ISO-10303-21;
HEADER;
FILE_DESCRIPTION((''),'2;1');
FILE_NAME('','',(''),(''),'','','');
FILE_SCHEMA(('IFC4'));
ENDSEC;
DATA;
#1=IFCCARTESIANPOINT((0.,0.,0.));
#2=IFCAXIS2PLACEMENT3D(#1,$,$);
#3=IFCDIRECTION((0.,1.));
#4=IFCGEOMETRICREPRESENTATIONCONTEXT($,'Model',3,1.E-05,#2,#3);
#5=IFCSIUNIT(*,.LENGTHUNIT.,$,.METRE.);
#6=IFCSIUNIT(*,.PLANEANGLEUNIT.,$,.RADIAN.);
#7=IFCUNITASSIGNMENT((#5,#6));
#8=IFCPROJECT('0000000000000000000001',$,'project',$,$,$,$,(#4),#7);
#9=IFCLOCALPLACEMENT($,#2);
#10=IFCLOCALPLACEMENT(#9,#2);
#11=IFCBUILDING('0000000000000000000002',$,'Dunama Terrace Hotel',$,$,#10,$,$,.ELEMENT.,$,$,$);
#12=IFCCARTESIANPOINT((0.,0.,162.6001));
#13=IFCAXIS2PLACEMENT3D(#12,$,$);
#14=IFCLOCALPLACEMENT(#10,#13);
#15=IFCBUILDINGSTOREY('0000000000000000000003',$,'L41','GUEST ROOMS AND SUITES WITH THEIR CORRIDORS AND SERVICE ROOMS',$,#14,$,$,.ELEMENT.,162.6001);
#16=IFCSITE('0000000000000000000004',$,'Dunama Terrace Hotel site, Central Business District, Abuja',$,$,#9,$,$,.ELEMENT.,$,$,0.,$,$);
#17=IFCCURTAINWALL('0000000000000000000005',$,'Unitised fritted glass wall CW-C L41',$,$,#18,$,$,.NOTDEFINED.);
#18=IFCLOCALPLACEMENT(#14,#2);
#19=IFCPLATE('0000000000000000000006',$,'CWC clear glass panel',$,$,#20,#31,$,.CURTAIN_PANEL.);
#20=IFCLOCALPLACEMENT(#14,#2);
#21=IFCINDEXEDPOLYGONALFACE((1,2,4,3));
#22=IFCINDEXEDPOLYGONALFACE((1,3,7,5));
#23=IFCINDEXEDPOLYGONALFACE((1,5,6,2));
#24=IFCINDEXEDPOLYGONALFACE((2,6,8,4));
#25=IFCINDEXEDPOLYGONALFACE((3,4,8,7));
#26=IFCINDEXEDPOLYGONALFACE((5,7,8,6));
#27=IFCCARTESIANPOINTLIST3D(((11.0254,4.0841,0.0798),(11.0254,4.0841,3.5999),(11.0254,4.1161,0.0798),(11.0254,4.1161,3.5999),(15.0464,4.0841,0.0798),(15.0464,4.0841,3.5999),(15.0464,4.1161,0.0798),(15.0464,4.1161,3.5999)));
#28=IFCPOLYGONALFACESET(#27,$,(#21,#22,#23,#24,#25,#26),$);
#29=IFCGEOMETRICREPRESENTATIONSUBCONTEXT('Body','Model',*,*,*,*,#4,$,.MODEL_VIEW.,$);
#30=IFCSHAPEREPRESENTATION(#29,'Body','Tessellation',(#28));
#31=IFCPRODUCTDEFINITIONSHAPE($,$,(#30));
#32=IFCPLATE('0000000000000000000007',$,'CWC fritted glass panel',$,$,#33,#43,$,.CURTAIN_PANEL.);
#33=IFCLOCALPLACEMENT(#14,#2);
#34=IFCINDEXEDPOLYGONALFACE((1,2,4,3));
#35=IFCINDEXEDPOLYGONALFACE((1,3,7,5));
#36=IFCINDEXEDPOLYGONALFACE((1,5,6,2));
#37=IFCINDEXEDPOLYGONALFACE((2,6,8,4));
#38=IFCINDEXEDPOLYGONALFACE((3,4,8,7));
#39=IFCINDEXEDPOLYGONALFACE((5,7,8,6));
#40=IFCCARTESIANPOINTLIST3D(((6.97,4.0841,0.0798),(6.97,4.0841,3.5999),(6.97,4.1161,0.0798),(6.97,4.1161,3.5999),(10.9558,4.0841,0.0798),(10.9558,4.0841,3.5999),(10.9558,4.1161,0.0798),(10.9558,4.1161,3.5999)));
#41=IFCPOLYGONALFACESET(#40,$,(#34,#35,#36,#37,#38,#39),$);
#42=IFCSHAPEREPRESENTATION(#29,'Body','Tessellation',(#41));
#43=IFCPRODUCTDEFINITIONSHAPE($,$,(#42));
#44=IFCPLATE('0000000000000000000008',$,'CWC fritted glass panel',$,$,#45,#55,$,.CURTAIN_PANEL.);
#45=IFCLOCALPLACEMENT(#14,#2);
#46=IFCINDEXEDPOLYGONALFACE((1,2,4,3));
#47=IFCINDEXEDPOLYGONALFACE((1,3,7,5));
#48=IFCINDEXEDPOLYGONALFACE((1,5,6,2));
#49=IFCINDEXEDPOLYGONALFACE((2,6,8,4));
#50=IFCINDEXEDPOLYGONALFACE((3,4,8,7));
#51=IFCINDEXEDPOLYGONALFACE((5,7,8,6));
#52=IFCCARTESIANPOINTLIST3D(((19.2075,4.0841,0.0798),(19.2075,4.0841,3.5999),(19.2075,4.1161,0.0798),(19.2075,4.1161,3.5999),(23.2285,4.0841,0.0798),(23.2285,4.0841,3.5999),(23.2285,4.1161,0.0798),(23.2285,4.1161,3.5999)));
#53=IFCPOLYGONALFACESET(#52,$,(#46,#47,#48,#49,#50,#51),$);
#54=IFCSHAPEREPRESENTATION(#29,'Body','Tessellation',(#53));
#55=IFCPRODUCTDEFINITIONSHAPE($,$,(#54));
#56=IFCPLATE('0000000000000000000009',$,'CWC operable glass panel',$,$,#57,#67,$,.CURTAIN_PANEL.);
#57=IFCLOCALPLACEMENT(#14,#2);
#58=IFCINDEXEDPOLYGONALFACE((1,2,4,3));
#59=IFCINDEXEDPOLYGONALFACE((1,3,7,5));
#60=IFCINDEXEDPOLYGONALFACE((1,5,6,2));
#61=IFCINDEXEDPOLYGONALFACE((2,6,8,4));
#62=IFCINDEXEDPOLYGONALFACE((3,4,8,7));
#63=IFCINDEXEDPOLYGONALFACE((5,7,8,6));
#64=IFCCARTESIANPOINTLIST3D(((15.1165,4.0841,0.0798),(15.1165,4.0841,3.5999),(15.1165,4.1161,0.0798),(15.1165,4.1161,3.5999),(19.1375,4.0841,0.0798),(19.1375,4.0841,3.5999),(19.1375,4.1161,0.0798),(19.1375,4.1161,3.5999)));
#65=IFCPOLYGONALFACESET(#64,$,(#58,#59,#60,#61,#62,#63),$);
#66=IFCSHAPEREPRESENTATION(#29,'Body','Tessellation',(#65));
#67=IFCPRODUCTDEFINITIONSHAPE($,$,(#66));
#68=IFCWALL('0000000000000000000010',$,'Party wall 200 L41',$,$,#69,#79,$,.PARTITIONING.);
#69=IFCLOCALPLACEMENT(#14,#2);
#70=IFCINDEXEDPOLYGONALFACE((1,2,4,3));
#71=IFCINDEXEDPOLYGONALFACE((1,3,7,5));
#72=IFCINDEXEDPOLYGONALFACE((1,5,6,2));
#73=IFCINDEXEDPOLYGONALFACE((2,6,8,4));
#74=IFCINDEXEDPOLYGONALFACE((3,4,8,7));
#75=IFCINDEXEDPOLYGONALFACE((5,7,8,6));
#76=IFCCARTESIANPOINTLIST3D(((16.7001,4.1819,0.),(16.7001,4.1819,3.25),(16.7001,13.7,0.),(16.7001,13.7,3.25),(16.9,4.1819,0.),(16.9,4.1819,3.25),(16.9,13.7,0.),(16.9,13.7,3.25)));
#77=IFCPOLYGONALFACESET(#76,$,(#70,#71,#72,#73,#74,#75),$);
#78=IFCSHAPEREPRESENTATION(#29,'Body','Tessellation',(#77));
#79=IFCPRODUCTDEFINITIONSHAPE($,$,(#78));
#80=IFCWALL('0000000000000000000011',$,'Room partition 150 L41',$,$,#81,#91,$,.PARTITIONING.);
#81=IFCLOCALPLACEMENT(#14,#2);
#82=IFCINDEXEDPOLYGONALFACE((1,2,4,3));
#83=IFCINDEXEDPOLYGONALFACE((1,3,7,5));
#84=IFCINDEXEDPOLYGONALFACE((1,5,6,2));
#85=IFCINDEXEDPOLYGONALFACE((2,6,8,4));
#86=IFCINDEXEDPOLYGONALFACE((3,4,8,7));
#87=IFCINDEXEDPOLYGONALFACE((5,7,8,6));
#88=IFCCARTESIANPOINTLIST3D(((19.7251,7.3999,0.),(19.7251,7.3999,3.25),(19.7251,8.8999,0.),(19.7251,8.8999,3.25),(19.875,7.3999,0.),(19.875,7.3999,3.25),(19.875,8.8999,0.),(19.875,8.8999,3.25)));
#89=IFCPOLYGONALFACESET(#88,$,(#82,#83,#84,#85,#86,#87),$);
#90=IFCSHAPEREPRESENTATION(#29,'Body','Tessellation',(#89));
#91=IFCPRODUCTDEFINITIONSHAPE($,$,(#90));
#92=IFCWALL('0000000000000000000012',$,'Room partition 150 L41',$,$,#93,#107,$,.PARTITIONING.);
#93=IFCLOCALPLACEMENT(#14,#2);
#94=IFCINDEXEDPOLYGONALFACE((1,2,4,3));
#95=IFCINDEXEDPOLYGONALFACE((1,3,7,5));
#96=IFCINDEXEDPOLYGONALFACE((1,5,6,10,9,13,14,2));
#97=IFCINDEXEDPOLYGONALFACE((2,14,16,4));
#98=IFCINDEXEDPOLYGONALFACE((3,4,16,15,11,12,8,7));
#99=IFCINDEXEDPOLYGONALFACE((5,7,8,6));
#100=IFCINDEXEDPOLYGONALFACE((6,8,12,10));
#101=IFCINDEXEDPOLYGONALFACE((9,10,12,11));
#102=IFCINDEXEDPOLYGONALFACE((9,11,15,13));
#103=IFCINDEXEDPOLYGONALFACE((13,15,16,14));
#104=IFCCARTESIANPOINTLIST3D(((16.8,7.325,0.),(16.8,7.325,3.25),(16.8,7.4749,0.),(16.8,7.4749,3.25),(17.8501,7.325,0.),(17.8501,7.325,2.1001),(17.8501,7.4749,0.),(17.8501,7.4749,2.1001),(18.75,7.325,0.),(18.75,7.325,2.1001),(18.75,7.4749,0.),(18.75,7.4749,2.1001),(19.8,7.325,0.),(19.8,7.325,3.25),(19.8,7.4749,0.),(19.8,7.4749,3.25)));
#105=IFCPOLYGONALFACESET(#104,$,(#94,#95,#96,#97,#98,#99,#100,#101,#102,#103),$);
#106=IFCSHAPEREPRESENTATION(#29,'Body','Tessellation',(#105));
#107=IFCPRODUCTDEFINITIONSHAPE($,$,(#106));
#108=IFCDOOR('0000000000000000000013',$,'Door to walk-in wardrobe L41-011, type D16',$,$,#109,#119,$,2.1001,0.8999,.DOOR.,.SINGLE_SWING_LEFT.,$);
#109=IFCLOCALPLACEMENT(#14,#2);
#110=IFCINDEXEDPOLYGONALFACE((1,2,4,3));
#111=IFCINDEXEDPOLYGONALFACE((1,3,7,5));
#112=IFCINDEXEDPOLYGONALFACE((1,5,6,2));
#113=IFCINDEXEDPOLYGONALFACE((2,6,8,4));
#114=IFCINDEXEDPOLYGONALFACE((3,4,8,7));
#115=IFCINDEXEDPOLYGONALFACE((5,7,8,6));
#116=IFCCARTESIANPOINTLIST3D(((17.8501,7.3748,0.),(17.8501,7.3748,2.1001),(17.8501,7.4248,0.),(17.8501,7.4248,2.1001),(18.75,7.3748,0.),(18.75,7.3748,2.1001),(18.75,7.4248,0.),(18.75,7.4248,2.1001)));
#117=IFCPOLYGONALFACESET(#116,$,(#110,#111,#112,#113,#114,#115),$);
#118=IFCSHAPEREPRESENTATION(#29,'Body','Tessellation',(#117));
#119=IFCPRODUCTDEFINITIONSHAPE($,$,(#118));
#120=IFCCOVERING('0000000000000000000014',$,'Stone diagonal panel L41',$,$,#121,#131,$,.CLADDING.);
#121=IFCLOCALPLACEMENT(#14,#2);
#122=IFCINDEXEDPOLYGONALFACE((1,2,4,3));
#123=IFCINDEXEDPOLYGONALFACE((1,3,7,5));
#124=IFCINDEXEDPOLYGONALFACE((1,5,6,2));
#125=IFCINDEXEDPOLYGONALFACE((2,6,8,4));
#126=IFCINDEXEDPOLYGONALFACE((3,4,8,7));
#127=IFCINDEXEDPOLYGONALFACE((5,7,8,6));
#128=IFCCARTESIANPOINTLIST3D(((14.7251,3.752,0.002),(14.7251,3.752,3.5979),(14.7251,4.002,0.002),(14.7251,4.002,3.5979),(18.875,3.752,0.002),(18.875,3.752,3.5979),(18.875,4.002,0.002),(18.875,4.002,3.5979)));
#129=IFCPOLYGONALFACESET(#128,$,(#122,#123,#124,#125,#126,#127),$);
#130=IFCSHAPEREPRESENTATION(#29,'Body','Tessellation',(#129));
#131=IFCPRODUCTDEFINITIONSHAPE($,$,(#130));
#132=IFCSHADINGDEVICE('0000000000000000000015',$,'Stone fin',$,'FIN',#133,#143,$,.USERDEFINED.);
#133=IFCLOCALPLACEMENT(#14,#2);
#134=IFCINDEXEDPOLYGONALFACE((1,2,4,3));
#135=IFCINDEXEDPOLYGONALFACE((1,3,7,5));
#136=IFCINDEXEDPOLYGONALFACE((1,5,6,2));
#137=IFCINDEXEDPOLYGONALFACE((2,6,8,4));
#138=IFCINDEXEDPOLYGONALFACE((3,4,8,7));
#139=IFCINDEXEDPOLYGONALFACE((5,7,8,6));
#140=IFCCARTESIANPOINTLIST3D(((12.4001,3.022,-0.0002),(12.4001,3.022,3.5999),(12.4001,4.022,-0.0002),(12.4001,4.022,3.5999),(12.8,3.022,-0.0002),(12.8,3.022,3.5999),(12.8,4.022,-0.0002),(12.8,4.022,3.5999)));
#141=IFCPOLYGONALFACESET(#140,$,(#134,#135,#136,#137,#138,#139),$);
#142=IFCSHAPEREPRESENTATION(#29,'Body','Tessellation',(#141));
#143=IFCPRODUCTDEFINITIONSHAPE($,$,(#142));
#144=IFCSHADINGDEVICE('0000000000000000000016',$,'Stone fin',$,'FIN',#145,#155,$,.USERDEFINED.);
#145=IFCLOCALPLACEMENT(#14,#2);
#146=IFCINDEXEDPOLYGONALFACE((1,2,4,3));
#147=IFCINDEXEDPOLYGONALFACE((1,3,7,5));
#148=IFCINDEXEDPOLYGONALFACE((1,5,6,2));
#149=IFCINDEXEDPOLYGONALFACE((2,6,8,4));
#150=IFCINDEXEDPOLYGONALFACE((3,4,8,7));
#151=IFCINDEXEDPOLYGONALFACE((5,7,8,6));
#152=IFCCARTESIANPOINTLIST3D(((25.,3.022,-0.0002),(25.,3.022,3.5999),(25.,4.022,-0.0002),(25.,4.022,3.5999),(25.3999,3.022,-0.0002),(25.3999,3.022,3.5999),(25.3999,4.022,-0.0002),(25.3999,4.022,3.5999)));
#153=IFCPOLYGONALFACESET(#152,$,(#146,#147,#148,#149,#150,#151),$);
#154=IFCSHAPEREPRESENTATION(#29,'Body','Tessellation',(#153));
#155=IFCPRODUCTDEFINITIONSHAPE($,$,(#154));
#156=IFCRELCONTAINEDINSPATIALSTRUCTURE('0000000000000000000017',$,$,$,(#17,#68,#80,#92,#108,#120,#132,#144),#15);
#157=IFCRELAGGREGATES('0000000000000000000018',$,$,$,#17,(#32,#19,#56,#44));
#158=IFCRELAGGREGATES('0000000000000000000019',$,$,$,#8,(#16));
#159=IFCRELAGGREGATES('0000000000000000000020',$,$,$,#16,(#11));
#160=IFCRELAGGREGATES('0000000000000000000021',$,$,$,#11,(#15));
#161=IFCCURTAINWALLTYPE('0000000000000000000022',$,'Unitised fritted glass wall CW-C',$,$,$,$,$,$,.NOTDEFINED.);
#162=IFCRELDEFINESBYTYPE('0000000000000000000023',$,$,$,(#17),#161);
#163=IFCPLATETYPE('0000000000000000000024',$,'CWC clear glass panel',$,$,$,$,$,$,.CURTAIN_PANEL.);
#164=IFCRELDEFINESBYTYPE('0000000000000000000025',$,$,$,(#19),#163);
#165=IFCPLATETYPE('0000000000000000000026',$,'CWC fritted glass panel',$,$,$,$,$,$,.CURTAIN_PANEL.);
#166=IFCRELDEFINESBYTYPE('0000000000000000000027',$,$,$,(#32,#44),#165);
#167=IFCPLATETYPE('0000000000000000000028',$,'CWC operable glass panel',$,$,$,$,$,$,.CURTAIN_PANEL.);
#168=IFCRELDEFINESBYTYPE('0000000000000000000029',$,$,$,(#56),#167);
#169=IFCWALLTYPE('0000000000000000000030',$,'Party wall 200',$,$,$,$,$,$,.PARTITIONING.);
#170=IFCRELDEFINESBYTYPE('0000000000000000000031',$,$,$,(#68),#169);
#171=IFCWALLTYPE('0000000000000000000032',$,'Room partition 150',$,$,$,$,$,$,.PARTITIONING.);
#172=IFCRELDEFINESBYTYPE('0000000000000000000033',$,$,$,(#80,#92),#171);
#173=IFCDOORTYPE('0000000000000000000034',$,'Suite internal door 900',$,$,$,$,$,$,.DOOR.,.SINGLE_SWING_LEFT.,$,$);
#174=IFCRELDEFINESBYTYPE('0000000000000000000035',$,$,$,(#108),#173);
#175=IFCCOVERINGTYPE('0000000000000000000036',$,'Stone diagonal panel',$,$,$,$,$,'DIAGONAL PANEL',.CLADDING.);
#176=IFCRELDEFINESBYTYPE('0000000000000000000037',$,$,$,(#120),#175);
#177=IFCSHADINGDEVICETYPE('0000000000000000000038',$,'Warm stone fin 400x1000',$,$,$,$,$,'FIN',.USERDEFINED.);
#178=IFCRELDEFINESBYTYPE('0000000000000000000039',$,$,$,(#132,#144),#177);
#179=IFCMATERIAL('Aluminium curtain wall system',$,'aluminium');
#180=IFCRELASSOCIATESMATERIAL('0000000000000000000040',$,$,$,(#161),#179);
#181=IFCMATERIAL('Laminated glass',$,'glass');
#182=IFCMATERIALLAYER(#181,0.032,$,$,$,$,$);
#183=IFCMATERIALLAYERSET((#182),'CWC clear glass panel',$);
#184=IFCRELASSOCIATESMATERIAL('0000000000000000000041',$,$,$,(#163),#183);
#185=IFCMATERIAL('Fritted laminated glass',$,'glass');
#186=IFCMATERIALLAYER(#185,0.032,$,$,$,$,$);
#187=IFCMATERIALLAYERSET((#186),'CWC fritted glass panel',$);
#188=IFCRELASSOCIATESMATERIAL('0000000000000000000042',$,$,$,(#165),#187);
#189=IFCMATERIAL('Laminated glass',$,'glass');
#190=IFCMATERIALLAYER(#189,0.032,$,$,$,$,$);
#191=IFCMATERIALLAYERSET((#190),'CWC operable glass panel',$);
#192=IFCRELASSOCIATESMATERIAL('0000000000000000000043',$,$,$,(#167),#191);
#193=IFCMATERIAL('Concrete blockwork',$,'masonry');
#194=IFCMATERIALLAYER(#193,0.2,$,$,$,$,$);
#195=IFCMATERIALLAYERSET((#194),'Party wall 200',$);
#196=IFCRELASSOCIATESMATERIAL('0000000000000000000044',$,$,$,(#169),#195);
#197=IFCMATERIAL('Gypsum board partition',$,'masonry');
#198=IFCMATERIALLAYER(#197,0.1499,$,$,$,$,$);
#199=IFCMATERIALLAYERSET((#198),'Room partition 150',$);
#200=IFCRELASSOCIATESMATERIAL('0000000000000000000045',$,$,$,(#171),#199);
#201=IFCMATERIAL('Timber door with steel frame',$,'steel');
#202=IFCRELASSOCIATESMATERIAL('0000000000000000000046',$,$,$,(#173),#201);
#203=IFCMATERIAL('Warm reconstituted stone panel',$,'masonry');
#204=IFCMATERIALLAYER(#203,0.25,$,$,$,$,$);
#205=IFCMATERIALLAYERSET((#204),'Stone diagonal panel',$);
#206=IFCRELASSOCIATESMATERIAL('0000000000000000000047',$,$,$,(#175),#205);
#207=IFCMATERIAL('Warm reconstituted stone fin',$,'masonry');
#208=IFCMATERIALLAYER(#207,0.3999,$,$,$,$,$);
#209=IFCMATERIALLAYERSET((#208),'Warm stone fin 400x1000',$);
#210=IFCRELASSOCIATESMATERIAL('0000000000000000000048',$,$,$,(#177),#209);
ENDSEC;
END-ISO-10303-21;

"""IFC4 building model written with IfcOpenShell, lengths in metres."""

from ifc_helpers import new_model, si_unit, direction, frame, frame_2d, origin, origin_2d, place, context, subcontext, project, spatial, rectangle, extrude, material, layer, layer_set, type_object, element, fill, aggregate, save


model = new_model("IFC4")

# Units and contexts
model_context = context("Model", 3, precision=1e-05, world=origin(), true_north=direction((0.0, 1.0)))
body_context = subcontext(model_context, "Body", "Model", "MODEL_VIEW")
ifc_project = project(units=[si_unit("LENGTHUNIT", "METRE"), si_unit("PLANEANGLEUNIT", "RADIAN")], contexts=[model_context])

# Site, building, storey
site_placement = place(None, origin())
site = spatial("IfcSite", under=ifc_project, at=site_placement, Name="Dunama Terrace Hotel site, Central Business District, Abuja", CompositionType="ELEMENT", RefElevation=0.0)
building_placement = place(site_placement, origin())
building = spatial("IfcBuilding", under=site, at=building_placement, Name="Dunama Terrace Hotel", CompositionType="ELEMENT")
storey_placement = place(building_placement, frame((0.0, 0.0, 162.6001)))
storey = spatial("IfcBuildingStorey", under=building, at=storey_placement, Name="L41", Description="GUEST ROOMS AND SUITES WITH THEIR CORRIDORS AND SERVICE ROOMS", CompositionType="ELEMENT", Elevation=162.6001)

# Curtain wall
ifc_material_1 = material(Name="Aluminium curtain wall system", Category="aluminium")
curtain_wall_type = type_object("IfcCurtainWallType", Name="Unitised fritted glass wall CW-C", PredefinedType="NOTDEFINED", material=ifc_material_1)
curtain_wall_placement = place(storey_placement, origin())
curtain_wall = element("IfcCurtainWall", 1, at=curtain_wall_placement, inside=storey, type_object=curtain_wall_type, Name="Unitised fritted glass wall CW-C L41", PredefinedType="NOTDEFINED")

# Plates
ifc_material_2 = material(Name="Laminated glass", Category="glass")
ifc_layer_1 = layer(ifc_material_2, 0.032)
ifc_layer_set_1 = layer_set([ifc_layer_1], Name="CWC clear glass panel")
plate_type_1 = type_object("IfcPlateType", Name="CWC clear glass panel", PredefinedType="CURTAIN_PANEL", material=ifc_layer_set_1)
plate_1_placement = place(storey_placement, frame((13.0359, 4.1001, 0.0798), z_axis=(0.0, 0.0, 1.0), x_axis=(1.0, 0.0, 0.0)))
plate_1 = element("IfcPlate", 2, at=plate_1_placement, type_object=plate_type_1, Name="CWC clear glass panel", PredefinedType="CURTAIN_PANEL", context=body_context, shape_type="SweptSolid", body=[
    extrude(rectangle(XDim=4.021, YDim=0.032, at=origin_2d()), origin(), (0.0, 0.0, 1.0), 3.52),
])
ifc_material_3 = material(Name="Fritted laminated glass", Category="glass")
ifc_layer_2 = layer(ifc_material_3, 0.032)
ifc_layer_set_2 = layer_set([ifc_layer_2], Name="CWC fritted glass panel")
plate_type_2 = type_object("IfcPlateType", Name="CWC fritted glass panel", PredefinedType="CURTAIN_PANEL", material=ifc_layer_set_2)
plate_2_placement = place(storey_placement, frame((8.9629, 4.1001, 0.0798), z_axis=(0.0, 0.0, 1.0), x_axis=(1.0, 0.0, 0.0)))
plate_2 = element("IfcPlate", 3, at=plate_2_placement, type_object=plate_type_2, Name="CWC fritted glass panel", PredefinedType="CURTAIN_PANEL", context=body_context, shape_type="SweptSolid", body=[
    extrude(rectangle(XDim=3.9858, YDim=0.032, at=origin_2d()), origin(), (0.0, 0.0, 1.0), 3.52),
])
plate_3_placement = place(storey_placement, frame((21.218, 4.1001, 0.0798), z_axis=(0.0, 0.0, 1.0), x_axis=(1.0, 0.0, 0.0)))
plate_3 = element("IfcPlate", 4, at=plate_3_placement, type_object=plate_type_2, Name="CWC fritted glass panel", PredefinedType="CURTAIN_PANEL", context=body_context, shape_type="SweptSolid", body=[
    extrude(rectangle(XDim=4.021, YDim=0.032, at=origin_2d()), origin(), (0.0, 0.0, 1.0), 3.52),
])
ifc_material_4 = material(Name="Laminated glass", Category="glass")
ifc_layer_3 = layer(ifc_material_4, 0.032)
ifc_layer_set_3 = layer_set([ifc_layer_3], Name="CWC operable glass panel")
plate_type_3 = type_object("IfcPlateType", Name="CWC operable glass panel", PredefinedType="CURTAIN_PANEL", material=ifc_layer_set_3)
plate_4_placement = place(storey_placement, frame((17.127, 4.1001, 0.0798), z_axis=(0.0, 0.0, 1.0), x_axis=(1.0, 0.0, 0.0)))
plate_4 = element("IfcPlate", 5, at=plate_4_placement, type_object=plate_type_3, Name="CWC operable glass panel", PredefinedType="CURTAIN_PANEL", context=body_context, shape_type="SweptSolid", body=[
    extrude(rectangle(XDim=4.021, YDim=0.032, at=origin_2d()), origin(), (0.0, 0.0, 1.0), 3.52),
])
aggregate(curtain_wall, [plate_2, plate_1, plate_4, plate_3])

# Walls
ifc_material_5 = material(Name="Concrete blockwork", Category="masonry")
ifc_layer_4 = layer(ifc_material_5, 0.2)
ifc_layer_set_4 = layer_set([ifc_layer_4], Name="Party wall 200")
wall_type_1 = type_object("IfcWallType", Name="Party wall 200", PredefinedType="PARTITIONING", material=ifc_layer_set_4)
wall_1_placement = place(storey_placement, frame((16.8, 4.1819, 0.0), z_axis=(0.0, 0.0, 1.0), x_axis=(0.0, 1.0, 0.0)))
element("IfcWall", 6, at=wall_1_placement, inside=storey, type_object=wall_type_1, Name="Party wall 200 L41", PredefinedType="PARTITIONING", context=body_context, shape_type="SweptSolid", body=[
    extrude(rectangle(XDim=9.5181, YDim=0.2, at=frame_2d((4.759, 0.0))), origin(), (0.0, 0.0, 1.0), 3.25),
])
ifc_material_6 = material(Name="Gypsum board partition", Category="masonry")
ifc_layer_5 = layer(ifc_material_6, 0.1499)
ifc_layer_set_5 = layer_set([ifc_layer_5], Name="Room partition 150")
wall_type_2 = type_object("IfcWallType", Name="Room partition 150", PredefinedType="PARTITIONING", material=ifc_layer_set_5)
wall_2_placement = place(storey_placement, frame((19.8, 7.3999, 0.0), z_axis=(0.0, 0.0, 1.0), x_axis=(0.0, 1.0, 0.0)))
element("IfcWall", 7, at=wall_2_placement, inside=storey, type_object=wall_type_2, Name="Room partition 150 L41", PredefinedType="PARTITIONING", context=body_context, shape_type="SweptSolid", body=[
    extrude(rectangle(XDim=1.5, YDim=0.1499, at=frame_2d((0.75, 0.0))), origin(), (0.0, 0.0, 1.0), 3.25),
])

# Wall, opening, door
wall_3_placement = place(storey_placement, frame((16.8, 7.3999, 0.0), z_axis=(0.0, 0.0, 1.0), x_axis=(1.0, 0.0, 0.0)))
wall_3 = element("IfcWall", 8, at=wall_3_placement, inside=storey, type_object=wall_type_2, Name="Room partition 150 L41", PredefinedType="PARTITIONING", context=body_context, shape_type="SweptSolid", body=[
    extrude(rectangle(XDim=3.0, YDim=0.1499, at=frame_2d((1.5, 0.0))), origin(), (0.0, 0.0, 1.0), 3.25),
])
opening_placement = place(wall_3_placement, frame((1.05, 0.0, 0.0)))
opening = element("IfcOpeningElement", 9, at=opening_placement, cuts=wall_3, PredefinedType="OPENING", context=body_context, shape_type="SweptSolid", body=[
    extrude(rectangle(XDim=0.8999, YDim=2.1001, at=frame_2d((0.45, 1.05))), frame((0.0, 0.085, 0.0), z_axis=(0.0, -1.0, 0.0), x_axis=(1.0, 0.0, 0.0)), (0.0, 0.0, 1.0), 0.1699),
])
ifc_material_7 = material(Name="Timber door with steel frame", Category="steel")
door_type = type_object("IfcDoorType", Name="Suite internal door 900", OperationType="SINGLE_SWING_LEFT", PredefinedType="DOOR", material=ifc_material_7)
door_placement = place(opening_placement, origin())
door = element("IfcDoor", 10, at=door_placement, inside=storey, type_object=door_type, Name="Door to walk-in wardrobe L41-011, type D16", OperationType="SINGLE_SWING_LEFT", OverallHeight=2.1001, OverallWidth=0.8999, PredefinedType="DOOR", context=body_context, shape_type="SweptSolid", body=[
    extrude(rectangle(XDim=0.8999, YDim=2.1001, at=frame_2d((0.45, 1.05))), frame((0.0, 0.0249, 0.0), z_axis=(0.0, -1.0, 0.0), x_axis=(1.0, 0.0, 0.0)), (0.0, 0.0, 1.0), 0.05),
])
fill(opening, door)

# Covering
ifc_material_8 = material(Name="Warm reconstituted stone panel", Category="masonry")
ifc_layer_6 = layer(ifc_material_8, 0.25)
ifc_layer_set_6 = layer_set([ifc_layer_6], Name="Stone diagonal panel")
covering_type = type_object("IfcCoveringType", Name="Stone diagonal panel", ElementType="DIAGONAL PANEL", PredefinedType="CLADDING", material=ifc_layer_set_6)
covering_placement = place(storey_placement, frame((16.8, 3.877, 0.002), z_axis=(0.0, 0.0, 1.0), x_axis=(1.0, 0.0, 0.0)))
element("IfcCovering", 11, at=covering_placement, inside=storey, type_object=covering_type, Name="Stone diagonal panel L41", PredefinedType="CLADDING", context=body_context, shape_type="SweptSolid", body=[
    extrude(rectangle(XDim=4.1499, YDim=0.25, at=origin_2d()), origin(), (0.0, 0.0, 1.0), 3.5959),
])

# Shading devices
ifc_material_9 = material(Name="Warm reconstituted stone fin", Category="masonry")
ifc_layer_7 = layer(ifc_material_9, 0.3999)
ifc_layer_set_7 = layer_set([ifc_layer_7], Name="Warm stone fin 400x1000")
shading_device_type = type_object("IfcShadingDeviceType", Name="Warm stone fin 400x1000", ElementType="FIN", PredefinedType="USERDEFINED", material=ifc_layer_set_7)
for number, where, z_axis, x_axis, name in (
    (12, (12.6001, 3.522, -0.0002), (0.0, 0.0, 1.0), (1.0, 0.0, 0.0), "Stone fin"),
    (13, (25.2, 3.522, -0.0002), (0.0, 0.0, 1.0), (1.0, 0.0, 0.0), "Stone fin"),
):
    element("IfcShadingDevice", number, at=place(storey_placement, frame(where, z_axis=z_axis, x_axis=x_axis)), inside=storey, type_object=shading_device_type, Name=name, ObjectType="FIN", PredefinedType="USERDEFINED", context=body_context, shape_type="SweptSolid", body=[
        extrude(rectangle(XDim=0.3999, YDim=1.0, at=origin_2d()), origin(), (0.0, 0.0, 1.0), 3.6001),
    ])

save(model, "model.ifc")
